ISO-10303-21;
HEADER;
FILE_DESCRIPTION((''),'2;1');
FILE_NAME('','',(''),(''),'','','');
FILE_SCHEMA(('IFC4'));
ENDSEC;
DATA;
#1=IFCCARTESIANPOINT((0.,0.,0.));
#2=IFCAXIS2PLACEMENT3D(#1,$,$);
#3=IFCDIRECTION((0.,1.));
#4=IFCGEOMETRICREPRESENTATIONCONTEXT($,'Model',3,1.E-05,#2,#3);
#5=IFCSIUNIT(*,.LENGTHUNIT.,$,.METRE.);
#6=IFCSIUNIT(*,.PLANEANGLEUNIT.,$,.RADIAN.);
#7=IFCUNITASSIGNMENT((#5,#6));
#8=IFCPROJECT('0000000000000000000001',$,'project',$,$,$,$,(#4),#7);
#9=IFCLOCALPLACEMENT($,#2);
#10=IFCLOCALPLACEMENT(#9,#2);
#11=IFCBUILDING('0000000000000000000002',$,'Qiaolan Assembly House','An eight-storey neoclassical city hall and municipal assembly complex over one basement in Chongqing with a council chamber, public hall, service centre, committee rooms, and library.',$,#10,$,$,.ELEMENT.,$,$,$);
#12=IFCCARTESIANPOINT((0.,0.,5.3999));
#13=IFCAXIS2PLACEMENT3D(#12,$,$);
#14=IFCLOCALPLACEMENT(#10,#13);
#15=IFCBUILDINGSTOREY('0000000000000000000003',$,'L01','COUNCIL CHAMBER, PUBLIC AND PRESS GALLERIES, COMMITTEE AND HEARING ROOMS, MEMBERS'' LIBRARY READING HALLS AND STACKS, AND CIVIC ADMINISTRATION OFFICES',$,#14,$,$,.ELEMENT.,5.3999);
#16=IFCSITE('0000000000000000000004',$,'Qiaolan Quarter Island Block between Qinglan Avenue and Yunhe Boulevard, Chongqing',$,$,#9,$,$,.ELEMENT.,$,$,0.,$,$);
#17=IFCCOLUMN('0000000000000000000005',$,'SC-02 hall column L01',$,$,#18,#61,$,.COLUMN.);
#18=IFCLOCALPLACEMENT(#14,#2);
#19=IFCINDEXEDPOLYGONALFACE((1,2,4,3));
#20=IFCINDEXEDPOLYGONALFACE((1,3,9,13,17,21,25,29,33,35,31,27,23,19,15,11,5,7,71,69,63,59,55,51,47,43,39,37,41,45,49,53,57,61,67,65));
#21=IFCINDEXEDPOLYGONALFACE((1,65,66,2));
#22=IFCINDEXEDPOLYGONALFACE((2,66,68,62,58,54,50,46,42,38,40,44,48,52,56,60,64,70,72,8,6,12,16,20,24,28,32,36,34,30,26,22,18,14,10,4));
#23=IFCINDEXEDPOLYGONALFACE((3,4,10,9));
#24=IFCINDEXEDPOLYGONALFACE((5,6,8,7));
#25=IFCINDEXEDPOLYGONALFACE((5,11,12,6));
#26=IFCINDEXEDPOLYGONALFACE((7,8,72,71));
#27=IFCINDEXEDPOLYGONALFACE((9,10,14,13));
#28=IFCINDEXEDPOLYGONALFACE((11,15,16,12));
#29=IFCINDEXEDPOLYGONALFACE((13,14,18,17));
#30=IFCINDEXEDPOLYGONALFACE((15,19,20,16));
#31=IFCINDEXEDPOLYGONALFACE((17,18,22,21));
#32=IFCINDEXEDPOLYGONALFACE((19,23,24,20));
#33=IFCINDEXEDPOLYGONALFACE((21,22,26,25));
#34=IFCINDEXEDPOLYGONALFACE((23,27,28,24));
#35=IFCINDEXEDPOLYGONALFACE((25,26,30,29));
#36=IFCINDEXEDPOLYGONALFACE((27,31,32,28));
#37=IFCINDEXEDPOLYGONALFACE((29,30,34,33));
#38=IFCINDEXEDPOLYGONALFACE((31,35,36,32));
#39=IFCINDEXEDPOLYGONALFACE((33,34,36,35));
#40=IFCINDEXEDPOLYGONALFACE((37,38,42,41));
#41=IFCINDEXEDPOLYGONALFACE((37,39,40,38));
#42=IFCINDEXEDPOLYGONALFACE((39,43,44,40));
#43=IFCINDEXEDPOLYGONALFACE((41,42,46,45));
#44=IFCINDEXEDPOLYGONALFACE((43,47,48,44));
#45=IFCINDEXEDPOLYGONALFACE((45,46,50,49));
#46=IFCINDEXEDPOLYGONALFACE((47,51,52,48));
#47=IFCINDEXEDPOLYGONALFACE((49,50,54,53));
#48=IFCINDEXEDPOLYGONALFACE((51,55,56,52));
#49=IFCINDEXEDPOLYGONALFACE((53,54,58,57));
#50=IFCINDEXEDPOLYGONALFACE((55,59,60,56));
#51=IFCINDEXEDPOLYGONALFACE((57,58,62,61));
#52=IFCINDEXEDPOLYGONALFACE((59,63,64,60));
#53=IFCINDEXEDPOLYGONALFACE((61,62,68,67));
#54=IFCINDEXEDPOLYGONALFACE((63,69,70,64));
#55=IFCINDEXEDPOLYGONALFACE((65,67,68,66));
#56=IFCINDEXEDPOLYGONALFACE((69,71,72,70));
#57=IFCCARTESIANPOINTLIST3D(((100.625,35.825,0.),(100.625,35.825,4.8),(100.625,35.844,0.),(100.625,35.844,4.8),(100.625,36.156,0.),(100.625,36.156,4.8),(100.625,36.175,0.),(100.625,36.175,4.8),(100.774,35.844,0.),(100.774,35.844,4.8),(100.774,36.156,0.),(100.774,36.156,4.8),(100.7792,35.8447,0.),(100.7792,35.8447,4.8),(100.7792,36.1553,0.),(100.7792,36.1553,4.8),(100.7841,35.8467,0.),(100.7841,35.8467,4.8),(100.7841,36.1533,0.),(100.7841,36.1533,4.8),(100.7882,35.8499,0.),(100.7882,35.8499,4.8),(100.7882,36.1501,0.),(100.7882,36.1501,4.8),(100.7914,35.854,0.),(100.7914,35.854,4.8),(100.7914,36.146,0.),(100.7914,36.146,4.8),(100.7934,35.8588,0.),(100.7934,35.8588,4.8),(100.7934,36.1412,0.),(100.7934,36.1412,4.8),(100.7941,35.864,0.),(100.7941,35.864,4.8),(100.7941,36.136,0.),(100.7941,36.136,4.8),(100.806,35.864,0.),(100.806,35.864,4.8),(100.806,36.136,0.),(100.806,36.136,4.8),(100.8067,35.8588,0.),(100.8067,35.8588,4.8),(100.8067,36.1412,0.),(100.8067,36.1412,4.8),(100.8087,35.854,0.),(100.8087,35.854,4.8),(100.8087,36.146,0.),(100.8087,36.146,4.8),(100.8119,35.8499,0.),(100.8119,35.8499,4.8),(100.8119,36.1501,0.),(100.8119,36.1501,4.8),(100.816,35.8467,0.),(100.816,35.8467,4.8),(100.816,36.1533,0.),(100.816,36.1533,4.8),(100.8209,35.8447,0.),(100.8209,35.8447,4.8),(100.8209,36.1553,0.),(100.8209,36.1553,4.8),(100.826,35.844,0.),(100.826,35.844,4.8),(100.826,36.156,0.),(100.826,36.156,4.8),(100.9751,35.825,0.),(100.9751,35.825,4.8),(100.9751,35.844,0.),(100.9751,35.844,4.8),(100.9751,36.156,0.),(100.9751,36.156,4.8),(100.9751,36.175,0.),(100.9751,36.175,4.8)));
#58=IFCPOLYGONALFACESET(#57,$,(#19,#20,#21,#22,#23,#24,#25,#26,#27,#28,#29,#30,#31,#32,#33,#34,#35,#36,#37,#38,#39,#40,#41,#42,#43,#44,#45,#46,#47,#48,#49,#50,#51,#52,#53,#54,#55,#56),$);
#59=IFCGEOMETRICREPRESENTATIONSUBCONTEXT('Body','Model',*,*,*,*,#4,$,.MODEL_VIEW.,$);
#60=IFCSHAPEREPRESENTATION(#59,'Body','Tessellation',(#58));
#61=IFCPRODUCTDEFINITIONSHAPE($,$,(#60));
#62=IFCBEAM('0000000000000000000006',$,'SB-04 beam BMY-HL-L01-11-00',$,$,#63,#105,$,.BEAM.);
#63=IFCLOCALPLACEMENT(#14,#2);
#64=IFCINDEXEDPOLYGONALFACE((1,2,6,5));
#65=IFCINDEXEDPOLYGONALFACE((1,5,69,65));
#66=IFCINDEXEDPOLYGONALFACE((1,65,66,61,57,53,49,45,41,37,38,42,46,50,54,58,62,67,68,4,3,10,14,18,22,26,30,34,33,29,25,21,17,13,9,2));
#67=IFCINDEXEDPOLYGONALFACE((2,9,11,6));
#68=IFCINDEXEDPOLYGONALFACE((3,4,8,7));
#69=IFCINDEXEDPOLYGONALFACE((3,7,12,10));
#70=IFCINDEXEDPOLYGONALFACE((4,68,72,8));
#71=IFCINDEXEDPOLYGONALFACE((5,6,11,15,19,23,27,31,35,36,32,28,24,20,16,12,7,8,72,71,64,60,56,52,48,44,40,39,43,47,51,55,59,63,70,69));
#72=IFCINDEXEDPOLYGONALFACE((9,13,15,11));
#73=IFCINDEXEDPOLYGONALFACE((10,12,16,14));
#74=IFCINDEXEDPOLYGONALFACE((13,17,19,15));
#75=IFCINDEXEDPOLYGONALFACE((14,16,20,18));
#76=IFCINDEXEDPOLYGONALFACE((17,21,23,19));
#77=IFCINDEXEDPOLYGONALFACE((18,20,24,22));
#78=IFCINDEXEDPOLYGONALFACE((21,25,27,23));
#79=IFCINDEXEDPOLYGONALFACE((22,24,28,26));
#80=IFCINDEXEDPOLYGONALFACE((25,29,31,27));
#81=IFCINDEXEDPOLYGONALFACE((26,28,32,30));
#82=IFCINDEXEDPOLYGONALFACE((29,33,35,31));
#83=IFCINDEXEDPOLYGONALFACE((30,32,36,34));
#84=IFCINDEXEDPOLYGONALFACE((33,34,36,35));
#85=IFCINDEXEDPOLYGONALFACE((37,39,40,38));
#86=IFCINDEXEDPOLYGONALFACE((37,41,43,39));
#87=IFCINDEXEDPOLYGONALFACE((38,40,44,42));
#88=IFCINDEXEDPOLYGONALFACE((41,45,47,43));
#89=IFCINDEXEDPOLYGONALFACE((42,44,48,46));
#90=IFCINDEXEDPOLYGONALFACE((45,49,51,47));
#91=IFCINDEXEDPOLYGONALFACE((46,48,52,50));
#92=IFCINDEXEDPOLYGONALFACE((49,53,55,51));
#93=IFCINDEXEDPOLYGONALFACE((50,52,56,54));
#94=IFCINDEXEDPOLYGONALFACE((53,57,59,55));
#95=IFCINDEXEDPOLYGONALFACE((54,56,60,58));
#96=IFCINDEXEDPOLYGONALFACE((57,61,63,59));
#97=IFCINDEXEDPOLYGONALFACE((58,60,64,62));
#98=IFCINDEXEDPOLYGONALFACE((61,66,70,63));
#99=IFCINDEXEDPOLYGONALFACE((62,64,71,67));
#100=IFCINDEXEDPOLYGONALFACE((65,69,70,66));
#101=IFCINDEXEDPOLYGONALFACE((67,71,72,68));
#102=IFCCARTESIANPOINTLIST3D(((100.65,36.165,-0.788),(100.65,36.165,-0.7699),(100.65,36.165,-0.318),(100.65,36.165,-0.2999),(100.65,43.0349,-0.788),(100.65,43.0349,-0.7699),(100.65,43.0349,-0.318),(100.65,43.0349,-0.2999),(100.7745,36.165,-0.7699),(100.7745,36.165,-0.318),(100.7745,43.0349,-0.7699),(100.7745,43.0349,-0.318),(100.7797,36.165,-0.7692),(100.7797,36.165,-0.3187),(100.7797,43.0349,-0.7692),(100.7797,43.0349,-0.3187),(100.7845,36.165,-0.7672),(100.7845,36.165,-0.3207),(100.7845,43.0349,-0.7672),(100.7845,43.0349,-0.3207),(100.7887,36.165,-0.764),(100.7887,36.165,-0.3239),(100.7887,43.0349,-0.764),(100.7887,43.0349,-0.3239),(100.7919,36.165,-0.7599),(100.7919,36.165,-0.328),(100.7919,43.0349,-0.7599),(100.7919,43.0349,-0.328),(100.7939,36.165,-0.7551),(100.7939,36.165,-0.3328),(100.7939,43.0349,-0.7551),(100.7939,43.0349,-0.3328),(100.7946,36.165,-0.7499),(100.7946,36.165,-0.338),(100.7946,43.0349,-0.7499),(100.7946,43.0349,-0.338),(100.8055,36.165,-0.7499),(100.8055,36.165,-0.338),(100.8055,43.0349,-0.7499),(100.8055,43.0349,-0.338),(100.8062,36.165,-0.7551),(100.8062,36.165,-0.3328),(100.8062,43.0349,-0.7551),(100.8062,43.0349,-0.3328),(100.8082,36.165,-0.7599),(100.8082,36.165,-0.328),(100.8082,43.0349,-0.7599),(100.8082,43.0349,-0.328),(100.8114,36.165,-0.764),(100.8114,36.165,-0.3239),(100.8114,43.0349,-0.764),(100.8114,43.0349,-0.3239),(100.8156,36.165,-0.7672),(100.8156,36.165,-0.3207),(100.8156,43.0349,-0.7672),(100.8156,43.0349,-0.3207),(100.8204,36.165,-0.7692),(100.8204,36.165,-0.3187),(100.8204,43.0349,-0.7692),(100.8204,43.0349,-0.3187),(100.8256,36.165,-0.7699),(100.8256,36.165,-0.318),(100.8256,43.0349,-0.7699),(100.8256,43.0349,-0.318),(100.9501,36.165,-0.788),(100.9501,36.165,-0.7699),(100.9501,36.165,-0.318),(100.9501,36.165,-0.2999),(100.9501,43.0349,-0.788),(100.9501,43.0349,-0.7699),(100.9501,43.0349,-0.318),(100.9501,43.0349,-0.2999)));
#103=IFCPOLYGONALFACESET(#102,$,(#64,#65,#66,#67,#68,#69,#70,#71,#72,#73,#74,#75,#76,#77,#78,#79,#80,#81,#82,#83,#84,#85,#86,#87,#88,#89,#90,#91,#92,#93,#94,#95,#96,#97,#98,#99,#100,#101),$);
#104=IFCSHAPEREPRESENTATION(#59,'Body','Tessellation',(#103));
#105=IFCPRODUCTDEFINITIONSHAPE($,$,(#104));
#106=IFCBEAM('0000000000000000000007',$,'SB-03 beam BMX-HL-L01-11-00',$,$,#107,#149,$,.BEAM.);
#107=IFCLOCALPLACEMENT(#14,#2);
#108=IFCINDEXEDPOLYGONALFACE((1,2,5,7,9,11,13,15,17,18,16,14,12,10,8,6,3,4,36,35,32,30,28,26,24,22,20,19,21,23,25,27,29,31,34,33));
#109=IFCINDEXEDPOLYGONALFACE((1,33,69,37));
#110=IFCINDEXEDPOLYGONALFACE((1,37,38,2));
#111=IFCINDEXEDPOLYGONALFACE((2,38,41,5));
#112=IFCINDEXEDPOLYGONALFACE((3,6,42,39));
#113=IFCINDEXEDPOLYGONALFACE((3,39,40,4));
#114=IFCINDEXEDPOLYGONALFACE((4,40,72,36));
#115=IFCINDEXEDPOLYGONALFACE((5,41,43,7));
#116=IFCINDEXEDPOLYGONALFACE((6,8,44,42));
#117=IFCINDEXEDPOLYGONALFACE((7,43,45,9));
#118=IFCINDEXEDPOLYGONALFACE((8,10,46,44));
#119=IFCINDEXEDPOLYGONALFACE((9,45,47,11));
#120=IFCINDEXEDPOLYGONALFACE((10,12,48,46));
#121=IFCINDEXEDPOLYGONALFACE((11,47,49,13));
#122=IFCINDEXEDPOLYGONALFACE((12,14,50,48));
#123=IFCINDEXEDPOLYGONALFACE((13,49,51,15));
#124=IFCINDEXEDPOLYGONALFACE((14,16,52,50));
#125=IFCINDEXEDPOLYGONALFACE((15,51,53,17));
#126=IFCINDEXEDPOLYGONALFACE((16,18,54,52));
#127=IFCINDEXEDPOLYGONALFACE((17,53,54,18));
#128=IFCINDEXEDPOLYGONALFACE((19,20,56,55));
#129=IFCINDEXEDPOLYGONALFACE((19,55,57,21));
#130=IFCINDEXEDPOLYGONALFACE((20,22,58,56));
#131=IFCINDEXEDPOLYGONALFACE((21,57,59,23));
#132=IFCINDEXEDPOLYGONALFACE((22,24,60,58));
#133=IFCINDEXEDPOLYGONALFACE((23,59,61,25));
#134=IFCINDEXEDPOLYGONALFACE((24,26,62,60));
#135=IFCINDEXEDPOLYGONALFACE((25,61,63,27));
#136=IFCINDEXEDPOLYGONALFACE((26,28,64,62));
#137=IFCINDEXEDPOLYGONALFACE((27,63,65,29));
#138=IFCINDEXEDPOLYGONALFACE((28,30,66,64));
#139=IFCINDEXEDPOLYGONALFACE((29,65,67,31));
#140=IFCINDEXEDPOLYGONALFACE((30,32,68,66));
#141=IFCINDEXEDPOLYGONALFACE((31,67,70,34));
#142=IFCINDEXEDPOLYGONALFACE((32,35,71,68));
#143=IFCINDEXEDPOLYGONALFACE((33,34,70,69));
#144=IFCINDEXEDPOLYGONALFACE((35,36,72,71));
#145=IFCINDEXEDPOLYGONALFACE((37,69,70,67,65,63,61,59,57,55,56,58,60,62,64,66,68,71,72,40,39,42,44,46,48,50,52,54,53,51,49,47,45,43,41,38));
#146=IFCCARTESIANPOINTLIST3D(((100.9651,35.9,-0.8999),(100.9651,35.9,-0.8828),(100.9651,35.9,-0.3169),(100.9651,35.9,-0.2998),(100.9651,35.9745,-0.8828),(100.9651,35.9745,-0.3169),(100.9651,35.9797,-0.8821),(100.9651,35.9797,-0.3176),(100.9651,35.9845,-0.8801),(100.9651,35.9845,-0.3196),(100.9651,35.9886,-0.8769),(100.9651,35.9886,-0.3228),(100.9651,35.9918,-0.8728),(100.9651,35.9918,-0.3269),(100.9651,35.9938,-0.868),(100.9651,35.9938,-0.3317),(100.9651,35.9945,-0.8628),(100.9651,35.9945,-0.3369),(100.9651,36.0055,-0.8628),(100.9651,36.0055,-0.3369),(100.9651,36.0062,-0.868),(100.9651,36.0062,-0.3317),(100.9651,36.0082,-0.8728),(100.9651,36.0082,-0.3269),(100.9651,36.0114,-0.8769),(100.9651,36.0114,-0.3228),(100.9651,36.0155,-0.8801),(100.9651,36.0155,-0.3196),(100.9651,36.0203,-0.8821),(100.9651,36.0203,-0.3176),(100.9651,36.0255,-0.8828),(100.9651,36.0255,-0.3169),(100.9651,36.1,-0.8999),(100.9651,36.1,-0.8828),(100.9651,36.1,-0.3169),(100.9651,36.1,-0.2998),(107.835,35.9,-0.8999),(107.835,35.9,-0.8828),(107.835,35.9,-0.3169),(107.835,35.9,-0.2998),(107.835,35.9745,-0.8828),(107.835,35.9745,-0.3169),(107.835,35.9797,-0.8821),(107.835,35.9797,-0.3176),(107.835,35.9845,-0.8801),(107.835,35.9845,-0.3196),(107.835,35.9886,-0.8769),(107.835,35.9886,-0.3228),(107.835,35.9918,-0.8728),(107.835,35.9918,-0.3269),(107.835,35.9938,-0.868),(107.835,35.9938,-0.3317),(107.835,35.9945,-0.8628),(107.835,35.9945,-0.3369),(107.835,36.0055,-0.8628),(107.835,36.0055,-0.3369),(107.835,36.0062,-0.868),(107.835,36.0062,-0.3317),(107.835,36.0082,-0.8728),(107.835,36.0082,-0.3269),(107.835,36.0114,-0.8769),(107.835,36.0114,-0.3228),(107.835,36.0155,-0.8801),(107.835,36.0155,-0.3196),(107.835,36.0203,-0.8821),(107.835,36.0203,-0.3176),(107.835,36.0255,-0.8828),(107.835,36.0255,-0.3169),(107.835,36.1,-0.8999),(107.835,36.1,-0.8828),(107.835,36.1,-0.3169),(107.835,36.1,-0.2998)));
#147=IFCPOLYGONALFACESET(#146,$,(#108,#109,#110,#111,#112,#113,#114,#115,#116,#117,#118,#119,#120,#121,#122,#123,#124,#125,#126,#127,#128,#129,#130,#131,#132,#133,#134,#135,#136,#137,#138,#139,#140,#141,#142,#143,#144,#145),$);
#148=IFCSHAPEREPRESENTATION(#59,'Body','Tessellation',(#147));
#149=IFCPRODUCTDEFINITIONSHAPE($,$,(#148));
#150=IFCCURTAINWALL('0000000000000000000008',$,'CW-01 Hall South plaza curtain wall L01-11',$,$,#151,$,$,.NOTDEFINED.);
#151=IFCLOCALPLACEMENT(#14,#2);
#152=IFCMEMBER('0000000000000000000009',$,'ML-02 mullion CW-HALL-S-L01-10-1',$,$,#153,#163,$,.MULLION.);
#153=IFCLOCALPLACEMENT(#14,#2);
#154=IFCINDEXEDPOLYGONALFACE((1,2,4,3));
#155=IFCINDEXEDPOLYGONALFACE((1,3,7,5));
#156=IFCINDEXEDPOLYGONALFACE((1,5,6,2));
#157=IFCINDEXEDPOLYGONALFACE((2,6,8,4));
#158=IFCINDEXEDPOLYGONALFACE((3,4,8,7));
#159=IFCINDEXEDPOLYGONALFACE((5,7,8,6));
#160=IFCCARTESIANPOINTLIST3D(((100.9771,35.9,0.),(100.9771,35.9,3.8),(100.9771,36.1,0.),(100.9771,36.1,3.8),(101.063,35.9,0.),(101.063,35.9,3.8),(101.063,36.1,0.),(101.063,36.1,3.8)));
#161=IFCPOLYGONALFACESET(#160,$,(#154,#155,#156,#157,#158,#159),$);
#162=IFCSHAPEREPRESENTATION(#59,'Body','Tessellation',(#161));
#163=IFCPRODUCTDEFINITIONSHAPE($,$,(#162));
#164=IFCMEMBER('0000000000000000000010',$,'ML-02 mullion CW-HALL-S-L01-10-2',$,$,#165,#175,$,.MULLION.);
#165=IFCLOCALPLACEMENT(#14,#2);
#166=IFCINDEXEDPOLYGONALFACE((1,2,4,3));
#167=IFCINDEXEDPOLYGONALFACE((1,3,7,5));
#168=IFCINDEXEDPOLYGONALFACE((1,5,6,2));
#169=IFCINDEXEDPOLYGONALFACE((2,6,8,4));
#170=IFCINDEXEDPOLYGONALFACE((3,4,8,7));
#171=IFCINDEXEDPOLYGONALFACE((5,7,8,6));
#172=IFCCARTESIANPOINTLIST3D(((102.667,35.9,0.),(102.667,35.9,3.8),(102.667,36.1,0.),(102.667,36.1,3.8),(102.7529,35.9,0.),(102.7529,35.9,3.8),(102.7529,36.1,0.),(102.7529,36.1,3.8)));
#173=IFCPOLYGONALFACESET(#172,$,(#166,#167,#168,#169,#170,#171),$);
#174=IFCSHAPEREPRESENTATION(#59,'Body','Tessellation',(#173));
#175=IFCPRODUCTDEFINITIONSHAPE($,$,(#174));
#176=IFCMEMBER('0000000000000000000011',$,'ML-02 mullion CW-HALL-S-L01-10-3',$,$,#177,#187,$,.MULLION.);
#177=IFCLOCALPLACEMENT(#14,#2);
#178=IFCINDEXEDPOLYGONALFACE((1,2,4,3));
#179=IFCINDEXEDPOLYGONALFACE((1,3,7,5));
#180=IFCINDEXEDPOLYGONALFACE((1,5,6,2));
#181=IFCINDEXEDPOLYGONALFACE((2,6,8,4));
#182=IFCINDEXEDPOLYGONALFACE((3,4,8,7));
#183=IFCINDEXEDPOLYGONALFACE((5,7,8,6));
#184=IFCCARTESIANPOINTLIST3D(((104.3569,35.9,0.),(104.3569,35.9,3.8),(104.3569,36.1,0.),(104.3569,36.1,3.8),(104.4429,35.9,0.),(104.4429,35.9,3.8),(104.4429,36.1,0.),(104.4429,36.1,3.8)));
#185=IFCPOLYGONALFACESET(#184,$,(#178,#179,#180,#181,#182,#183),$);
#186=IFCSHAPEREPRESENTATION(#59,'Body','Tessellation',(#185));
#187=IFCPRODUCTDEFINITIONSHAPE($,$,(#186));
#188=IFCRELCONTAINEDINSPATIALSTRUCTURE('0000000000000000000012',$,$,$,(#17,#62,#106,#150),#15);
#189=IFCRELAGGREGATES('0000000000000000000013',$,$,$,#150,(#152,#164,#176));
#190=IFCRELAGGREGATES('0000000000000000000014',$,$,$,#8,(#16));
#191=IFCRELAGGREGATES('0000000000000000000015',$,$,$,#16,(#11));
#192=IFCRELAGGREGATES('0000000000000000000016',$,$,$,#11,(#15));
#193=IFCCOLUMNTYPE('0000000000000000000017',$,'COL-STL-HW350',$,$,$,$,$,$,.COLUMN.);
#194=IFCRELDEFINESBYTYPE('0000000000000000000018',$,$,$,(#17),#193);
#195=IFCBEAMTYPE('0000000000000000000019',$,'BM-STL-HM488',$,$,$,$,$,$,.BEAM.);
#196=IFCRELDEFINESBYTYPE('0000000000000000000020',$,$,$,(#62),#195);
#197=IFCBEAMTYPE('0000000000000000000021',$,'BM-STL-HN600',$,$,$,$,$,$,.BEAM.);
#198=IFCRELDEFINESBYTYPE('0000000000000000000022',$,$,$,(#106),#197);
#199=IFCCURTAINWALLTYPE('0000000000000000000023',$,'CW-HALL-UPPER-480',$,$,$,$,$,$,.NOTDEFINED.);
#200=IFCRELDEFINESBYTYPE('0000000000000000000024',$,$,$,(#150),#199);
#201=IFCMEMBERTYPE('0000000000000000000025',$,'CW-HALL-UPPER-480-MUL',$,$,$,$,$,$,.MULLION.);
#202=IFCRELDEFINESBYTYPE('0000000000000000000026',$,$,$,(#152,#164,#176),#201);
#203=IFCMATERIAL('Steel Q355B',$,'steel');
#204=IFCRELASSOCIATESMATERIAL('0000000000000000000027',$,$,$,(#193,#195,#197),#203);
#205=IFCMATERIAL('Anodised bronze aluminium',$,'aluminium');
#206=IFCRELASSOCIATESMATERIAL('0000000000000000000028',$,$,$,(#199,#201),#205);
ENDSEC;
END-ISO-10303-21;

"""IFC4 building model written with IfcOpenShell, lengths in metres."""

from ifc_helpers import new_model, si_unit, direction, frame, origin, origin_2d, place, context, subcontext, project, spatial, rectangle, i_section, extrude, material, material_profile, profile_set, type_object, element, aggregate, save


model = new_model("IFC4")

# Units and contexts
model_context = context("Model", 3, precision=1e-05, world=origin(), true_north=direction((0.0, 1.0)))
body_context = subcontext(model_context, "Body", "Model", "MODEL_VIEW")
ifc_project = project(units=[si_unit("LENGTHUNIT", "METRE"), si_unit("PLANEANGLEUNIT", "RADIAN")], contexts=[model_context])

# Site, building, storey
site_placement = place(None, origin())
site = spatial("IfcSite", under=ifc_project, at=site_placement, Name="Qiaolan Quarter Island Block between Qinglan Avenue and Yunhe Boulevard, Chongqing", CompositionType="ELEMENT", RefElevation=0.0)
building_placement = place(site_placement, origin())
building = spatial("IfcBuilding", under=site, at=building_placement, Name="Qiaolan Assembly House", Description="An eight-storey neoclassical city hall and municipal assembly complex over one basement in Chongqing with a council chamber, public hall, service centre, committee rooms, and library.", CompositionType="ELEMENT")
storey_placement = place(building_placement, frame((0.0, 0.0, 5.3999)))
storey = spatial("IfcBuildingStorey", under=building, at=storey_placement, Name="L01", Description="COUNCIL CHAMBER, PUBLIC AND PRESS GALLERIES, COMMITTEE AND HEARING ROOMS, MEMBERS' LIBRARY READING HALLS AND STACKS, AND CIVIC ADMINISTRATION OFFICES", CompositionType="ELEMENT", Elevation=5.3999)

# Column
ifc_material_1 = material(Name="Steel Q355B", Category="steel")
ifc_material_profile_1 = material_profile(ifc_material_1, i_section(OverallWidth=0.3501, OverallDepth=0.3501, WebThickness=0.012, FlangeThickness=0.019, FilletRadius=0.02, at=origin_2d()), Name="HW 350x350x12x19")
ifc_profile_set_1 = profile_set([ifc_material_profile_1], Name="Steel Q355B")
column_type = type_object("IfcColumnType", Name="COL-STL-HW350", PredefinedType="COLUMN", material=ifc_profile_set_1)
column_placement = place(storey_placement, frame((100.8, 36.0, 0.0), z_axis=(0.0, 0.0, 1.0), x_axis=(1.0, 0.0, 0.0)))
element("IfcColumn", 1, at=column_placement, inside=storey, type_object=column_type, Name="SC-02 hall column L01", PredefinedType="COLUMN", context=body_context, shape_type="SweptSolid", body=[
    extrude(i_section(OverallWidth=0.3501, OverallDepth=0.3501, WebThickness=0.012, FlangeThickness=0.019, FilletRadius=0.02, at=origin_2d()), origin(), (0.0, 0.0, 1.0), 4.8),
])

# Beams
ifc_material_profile_2 = material_profile(ifc_material_1, i_section(OverallWidth=0.3, OverallDepth=0.488, WebThickness=0.011, FlangeThickness=0.0181, FilletRadius=0.02, at=origin_2d()), Name="HM 488x300x11x18")
ifc_profile_set_2 = profile_set([ifc_material_profile_2], Name="Steel Q355B")
beam_type_1 = type_object("IfcBeamType", Name="BM-STL-HM488", PredefinedType="BEAM", material=ifc_profile_set_2)
beam_1_placement = place(storey_placement, frame((100.8, 36.165, -0.5439), z_axis=(0.0, 1.0, 0.0), x_axis=(-1.0, 0.0, 0.0)))
element("IfcBeam", 2, at=beam_1_placement, inside=storey, type_object=beam_type_1, Name="SB-04 beam BMY-HL-L01-11-00", PredefinedType="BEAM", context=body_context, shape_type="SweptSolid", body=[
    extrude(i_section(OverallWidth=0.3, OverallDepth=0.488, WebThickness=0.011, FlangeThickness=0.0181, FilletRadius=0.02, at=origin_2d()), origin(), (0.0, 0.0, 1.0), 6.8699),
])
ifc_material_profile_3 = material_profile(ifc_material_1, i_section(OverallWidth=0.2, OverallDepth=0.6001, WebThickness=0.011, FlangeThickness=0.0171, FilletRadius=0.02, at=origin_2d()), Name="HN 600x200x11x17")
ifc_profile_set_3 = profile_set([ifc_material_profile_3], Name="Steel Q355B")
beam_type_2 = type_object("IfcBeamType", Name="BM-STL-HN600", PredefinedType="BEAM", material=ifc_profile_set_3)
beam_2_placement = place(storey_placement, frame((100.9651, 36.0, -0.5999), z_axis=(1.0, 0.0, 0.0), x_axis=(0.0, 1.0, 0.0)))
element("IfcBeam", 3, at=beam_2_placement, inside=storey, type_object=beam_type_2, Name="SB-03 beam BMX-HL-L01-11-00", PredefinedType="BEAM", context=body_context, shape_type="SweptSolid", body=[
    extrude(i_section(OverallWidth=0.2, OverallDepth=0.6001, WebThickness=0.011, FlangeThickness=0.0171, FilletRadius=0.02, at=origin_2d()), origin(), (0.0, 0.0, 1.0), 6.8699),
])

# Curtain wall, members
ifc_material_2 = material(Name="Anodised bronze aluminium", Category="aluminium")
curtain_wall_type = type_object("IfcCurtainWallType", Name="CW-HALL-UPPER-480", PredefinedType="NOTDEFINED", material=ifc_material_2)
curtain_wall_placement = place(storey_placement, origin())
curtain_wall = element("IfcCurtainWall", 4, at=curtain_wall_placement, inside=storey, type_object=curtain_wall_type, Name="CW-01 Hall South plaza curtain wall L01-11", PredefinedType="NOTDEFINED")
ifc_material_profile_4 = material_profile(ifc_material_2, rectangle(XDim=0.0859, YDim=0.2, at=origin_2d()), Name="MUL 86x200")
ifc_profile_set_4 = profile_set([ifc_material_profile_4], Name="Anodised bronze aluminium")
member_type_1 = type_object("IfcMemberType", Name="CW-HALL-UPPER-480-MUL", PredefinedType="MULLION", material=ifc_profile_set_4)
member_1_placement = place(storey_placement, frame((101.02, 36.0, 0.0), z_axis=(0.0, 0.0, 1.0), x_axis=(1.0, 0.0, 0.0)))
member_1 = element("IfcMember", 5, at=member_1_placement, type_object=member_type_1, Name="ML-02 mullion CW-HALL-S-L01-10-1", PredefinedType="MULLION", context=body_context, shape_type="SweptSolid", body=[
    extrude(rectangle(XDim=0.0859, YDim=0.2, at=origin_2d()), origin(), (0.0, 0.0, 1.0), 3.8),
])
member_2_placement = place(storey_placement, frame((102.71, 36.0, 0.0), z_axis=(0.0, 0.0, 1.0), x_axis=(1.0, 0.0, 0.0)))
member_2 = element("IfcMember", 6, at=member_2_placement, type_object=member_type_1, Name="ML-02 mullion CW-HALL-S-L01-10-2", PredefinedType="MULLION", context=body_context, shape_type="SweptSolid", body=[
    extrude(rectangle(XDim=0.0859, YDim=0.2, at=origin_2d()), origin(), (0.0, 0.0, 1.0), 3.8),
])
member_3_placement = place(storey_placement, frame((104.3999, 36.0, 0.0), z_axis=(0.0, 0.0, 1.0), x_axis=(1.0, 0.0, 0.0)))
member_3 = element("IfcMember", 7, at=member_3_placement, type_object=member_type_1, Name="ML-02 mullion CW-HALL-S-L01-10-3", PredefinedType="MULLION", context=body_context, shape_type="SweptSolid", body=[
    extrude(rectangle(XDim=0.0859, YDim=0.2, at=origin_2d()), origin(), (0.0, 0.0, 1.0), 3.8),
])

aggregate(curtain_wall, [member_1, member_2, member_3])

save(model, "model.ifc")
